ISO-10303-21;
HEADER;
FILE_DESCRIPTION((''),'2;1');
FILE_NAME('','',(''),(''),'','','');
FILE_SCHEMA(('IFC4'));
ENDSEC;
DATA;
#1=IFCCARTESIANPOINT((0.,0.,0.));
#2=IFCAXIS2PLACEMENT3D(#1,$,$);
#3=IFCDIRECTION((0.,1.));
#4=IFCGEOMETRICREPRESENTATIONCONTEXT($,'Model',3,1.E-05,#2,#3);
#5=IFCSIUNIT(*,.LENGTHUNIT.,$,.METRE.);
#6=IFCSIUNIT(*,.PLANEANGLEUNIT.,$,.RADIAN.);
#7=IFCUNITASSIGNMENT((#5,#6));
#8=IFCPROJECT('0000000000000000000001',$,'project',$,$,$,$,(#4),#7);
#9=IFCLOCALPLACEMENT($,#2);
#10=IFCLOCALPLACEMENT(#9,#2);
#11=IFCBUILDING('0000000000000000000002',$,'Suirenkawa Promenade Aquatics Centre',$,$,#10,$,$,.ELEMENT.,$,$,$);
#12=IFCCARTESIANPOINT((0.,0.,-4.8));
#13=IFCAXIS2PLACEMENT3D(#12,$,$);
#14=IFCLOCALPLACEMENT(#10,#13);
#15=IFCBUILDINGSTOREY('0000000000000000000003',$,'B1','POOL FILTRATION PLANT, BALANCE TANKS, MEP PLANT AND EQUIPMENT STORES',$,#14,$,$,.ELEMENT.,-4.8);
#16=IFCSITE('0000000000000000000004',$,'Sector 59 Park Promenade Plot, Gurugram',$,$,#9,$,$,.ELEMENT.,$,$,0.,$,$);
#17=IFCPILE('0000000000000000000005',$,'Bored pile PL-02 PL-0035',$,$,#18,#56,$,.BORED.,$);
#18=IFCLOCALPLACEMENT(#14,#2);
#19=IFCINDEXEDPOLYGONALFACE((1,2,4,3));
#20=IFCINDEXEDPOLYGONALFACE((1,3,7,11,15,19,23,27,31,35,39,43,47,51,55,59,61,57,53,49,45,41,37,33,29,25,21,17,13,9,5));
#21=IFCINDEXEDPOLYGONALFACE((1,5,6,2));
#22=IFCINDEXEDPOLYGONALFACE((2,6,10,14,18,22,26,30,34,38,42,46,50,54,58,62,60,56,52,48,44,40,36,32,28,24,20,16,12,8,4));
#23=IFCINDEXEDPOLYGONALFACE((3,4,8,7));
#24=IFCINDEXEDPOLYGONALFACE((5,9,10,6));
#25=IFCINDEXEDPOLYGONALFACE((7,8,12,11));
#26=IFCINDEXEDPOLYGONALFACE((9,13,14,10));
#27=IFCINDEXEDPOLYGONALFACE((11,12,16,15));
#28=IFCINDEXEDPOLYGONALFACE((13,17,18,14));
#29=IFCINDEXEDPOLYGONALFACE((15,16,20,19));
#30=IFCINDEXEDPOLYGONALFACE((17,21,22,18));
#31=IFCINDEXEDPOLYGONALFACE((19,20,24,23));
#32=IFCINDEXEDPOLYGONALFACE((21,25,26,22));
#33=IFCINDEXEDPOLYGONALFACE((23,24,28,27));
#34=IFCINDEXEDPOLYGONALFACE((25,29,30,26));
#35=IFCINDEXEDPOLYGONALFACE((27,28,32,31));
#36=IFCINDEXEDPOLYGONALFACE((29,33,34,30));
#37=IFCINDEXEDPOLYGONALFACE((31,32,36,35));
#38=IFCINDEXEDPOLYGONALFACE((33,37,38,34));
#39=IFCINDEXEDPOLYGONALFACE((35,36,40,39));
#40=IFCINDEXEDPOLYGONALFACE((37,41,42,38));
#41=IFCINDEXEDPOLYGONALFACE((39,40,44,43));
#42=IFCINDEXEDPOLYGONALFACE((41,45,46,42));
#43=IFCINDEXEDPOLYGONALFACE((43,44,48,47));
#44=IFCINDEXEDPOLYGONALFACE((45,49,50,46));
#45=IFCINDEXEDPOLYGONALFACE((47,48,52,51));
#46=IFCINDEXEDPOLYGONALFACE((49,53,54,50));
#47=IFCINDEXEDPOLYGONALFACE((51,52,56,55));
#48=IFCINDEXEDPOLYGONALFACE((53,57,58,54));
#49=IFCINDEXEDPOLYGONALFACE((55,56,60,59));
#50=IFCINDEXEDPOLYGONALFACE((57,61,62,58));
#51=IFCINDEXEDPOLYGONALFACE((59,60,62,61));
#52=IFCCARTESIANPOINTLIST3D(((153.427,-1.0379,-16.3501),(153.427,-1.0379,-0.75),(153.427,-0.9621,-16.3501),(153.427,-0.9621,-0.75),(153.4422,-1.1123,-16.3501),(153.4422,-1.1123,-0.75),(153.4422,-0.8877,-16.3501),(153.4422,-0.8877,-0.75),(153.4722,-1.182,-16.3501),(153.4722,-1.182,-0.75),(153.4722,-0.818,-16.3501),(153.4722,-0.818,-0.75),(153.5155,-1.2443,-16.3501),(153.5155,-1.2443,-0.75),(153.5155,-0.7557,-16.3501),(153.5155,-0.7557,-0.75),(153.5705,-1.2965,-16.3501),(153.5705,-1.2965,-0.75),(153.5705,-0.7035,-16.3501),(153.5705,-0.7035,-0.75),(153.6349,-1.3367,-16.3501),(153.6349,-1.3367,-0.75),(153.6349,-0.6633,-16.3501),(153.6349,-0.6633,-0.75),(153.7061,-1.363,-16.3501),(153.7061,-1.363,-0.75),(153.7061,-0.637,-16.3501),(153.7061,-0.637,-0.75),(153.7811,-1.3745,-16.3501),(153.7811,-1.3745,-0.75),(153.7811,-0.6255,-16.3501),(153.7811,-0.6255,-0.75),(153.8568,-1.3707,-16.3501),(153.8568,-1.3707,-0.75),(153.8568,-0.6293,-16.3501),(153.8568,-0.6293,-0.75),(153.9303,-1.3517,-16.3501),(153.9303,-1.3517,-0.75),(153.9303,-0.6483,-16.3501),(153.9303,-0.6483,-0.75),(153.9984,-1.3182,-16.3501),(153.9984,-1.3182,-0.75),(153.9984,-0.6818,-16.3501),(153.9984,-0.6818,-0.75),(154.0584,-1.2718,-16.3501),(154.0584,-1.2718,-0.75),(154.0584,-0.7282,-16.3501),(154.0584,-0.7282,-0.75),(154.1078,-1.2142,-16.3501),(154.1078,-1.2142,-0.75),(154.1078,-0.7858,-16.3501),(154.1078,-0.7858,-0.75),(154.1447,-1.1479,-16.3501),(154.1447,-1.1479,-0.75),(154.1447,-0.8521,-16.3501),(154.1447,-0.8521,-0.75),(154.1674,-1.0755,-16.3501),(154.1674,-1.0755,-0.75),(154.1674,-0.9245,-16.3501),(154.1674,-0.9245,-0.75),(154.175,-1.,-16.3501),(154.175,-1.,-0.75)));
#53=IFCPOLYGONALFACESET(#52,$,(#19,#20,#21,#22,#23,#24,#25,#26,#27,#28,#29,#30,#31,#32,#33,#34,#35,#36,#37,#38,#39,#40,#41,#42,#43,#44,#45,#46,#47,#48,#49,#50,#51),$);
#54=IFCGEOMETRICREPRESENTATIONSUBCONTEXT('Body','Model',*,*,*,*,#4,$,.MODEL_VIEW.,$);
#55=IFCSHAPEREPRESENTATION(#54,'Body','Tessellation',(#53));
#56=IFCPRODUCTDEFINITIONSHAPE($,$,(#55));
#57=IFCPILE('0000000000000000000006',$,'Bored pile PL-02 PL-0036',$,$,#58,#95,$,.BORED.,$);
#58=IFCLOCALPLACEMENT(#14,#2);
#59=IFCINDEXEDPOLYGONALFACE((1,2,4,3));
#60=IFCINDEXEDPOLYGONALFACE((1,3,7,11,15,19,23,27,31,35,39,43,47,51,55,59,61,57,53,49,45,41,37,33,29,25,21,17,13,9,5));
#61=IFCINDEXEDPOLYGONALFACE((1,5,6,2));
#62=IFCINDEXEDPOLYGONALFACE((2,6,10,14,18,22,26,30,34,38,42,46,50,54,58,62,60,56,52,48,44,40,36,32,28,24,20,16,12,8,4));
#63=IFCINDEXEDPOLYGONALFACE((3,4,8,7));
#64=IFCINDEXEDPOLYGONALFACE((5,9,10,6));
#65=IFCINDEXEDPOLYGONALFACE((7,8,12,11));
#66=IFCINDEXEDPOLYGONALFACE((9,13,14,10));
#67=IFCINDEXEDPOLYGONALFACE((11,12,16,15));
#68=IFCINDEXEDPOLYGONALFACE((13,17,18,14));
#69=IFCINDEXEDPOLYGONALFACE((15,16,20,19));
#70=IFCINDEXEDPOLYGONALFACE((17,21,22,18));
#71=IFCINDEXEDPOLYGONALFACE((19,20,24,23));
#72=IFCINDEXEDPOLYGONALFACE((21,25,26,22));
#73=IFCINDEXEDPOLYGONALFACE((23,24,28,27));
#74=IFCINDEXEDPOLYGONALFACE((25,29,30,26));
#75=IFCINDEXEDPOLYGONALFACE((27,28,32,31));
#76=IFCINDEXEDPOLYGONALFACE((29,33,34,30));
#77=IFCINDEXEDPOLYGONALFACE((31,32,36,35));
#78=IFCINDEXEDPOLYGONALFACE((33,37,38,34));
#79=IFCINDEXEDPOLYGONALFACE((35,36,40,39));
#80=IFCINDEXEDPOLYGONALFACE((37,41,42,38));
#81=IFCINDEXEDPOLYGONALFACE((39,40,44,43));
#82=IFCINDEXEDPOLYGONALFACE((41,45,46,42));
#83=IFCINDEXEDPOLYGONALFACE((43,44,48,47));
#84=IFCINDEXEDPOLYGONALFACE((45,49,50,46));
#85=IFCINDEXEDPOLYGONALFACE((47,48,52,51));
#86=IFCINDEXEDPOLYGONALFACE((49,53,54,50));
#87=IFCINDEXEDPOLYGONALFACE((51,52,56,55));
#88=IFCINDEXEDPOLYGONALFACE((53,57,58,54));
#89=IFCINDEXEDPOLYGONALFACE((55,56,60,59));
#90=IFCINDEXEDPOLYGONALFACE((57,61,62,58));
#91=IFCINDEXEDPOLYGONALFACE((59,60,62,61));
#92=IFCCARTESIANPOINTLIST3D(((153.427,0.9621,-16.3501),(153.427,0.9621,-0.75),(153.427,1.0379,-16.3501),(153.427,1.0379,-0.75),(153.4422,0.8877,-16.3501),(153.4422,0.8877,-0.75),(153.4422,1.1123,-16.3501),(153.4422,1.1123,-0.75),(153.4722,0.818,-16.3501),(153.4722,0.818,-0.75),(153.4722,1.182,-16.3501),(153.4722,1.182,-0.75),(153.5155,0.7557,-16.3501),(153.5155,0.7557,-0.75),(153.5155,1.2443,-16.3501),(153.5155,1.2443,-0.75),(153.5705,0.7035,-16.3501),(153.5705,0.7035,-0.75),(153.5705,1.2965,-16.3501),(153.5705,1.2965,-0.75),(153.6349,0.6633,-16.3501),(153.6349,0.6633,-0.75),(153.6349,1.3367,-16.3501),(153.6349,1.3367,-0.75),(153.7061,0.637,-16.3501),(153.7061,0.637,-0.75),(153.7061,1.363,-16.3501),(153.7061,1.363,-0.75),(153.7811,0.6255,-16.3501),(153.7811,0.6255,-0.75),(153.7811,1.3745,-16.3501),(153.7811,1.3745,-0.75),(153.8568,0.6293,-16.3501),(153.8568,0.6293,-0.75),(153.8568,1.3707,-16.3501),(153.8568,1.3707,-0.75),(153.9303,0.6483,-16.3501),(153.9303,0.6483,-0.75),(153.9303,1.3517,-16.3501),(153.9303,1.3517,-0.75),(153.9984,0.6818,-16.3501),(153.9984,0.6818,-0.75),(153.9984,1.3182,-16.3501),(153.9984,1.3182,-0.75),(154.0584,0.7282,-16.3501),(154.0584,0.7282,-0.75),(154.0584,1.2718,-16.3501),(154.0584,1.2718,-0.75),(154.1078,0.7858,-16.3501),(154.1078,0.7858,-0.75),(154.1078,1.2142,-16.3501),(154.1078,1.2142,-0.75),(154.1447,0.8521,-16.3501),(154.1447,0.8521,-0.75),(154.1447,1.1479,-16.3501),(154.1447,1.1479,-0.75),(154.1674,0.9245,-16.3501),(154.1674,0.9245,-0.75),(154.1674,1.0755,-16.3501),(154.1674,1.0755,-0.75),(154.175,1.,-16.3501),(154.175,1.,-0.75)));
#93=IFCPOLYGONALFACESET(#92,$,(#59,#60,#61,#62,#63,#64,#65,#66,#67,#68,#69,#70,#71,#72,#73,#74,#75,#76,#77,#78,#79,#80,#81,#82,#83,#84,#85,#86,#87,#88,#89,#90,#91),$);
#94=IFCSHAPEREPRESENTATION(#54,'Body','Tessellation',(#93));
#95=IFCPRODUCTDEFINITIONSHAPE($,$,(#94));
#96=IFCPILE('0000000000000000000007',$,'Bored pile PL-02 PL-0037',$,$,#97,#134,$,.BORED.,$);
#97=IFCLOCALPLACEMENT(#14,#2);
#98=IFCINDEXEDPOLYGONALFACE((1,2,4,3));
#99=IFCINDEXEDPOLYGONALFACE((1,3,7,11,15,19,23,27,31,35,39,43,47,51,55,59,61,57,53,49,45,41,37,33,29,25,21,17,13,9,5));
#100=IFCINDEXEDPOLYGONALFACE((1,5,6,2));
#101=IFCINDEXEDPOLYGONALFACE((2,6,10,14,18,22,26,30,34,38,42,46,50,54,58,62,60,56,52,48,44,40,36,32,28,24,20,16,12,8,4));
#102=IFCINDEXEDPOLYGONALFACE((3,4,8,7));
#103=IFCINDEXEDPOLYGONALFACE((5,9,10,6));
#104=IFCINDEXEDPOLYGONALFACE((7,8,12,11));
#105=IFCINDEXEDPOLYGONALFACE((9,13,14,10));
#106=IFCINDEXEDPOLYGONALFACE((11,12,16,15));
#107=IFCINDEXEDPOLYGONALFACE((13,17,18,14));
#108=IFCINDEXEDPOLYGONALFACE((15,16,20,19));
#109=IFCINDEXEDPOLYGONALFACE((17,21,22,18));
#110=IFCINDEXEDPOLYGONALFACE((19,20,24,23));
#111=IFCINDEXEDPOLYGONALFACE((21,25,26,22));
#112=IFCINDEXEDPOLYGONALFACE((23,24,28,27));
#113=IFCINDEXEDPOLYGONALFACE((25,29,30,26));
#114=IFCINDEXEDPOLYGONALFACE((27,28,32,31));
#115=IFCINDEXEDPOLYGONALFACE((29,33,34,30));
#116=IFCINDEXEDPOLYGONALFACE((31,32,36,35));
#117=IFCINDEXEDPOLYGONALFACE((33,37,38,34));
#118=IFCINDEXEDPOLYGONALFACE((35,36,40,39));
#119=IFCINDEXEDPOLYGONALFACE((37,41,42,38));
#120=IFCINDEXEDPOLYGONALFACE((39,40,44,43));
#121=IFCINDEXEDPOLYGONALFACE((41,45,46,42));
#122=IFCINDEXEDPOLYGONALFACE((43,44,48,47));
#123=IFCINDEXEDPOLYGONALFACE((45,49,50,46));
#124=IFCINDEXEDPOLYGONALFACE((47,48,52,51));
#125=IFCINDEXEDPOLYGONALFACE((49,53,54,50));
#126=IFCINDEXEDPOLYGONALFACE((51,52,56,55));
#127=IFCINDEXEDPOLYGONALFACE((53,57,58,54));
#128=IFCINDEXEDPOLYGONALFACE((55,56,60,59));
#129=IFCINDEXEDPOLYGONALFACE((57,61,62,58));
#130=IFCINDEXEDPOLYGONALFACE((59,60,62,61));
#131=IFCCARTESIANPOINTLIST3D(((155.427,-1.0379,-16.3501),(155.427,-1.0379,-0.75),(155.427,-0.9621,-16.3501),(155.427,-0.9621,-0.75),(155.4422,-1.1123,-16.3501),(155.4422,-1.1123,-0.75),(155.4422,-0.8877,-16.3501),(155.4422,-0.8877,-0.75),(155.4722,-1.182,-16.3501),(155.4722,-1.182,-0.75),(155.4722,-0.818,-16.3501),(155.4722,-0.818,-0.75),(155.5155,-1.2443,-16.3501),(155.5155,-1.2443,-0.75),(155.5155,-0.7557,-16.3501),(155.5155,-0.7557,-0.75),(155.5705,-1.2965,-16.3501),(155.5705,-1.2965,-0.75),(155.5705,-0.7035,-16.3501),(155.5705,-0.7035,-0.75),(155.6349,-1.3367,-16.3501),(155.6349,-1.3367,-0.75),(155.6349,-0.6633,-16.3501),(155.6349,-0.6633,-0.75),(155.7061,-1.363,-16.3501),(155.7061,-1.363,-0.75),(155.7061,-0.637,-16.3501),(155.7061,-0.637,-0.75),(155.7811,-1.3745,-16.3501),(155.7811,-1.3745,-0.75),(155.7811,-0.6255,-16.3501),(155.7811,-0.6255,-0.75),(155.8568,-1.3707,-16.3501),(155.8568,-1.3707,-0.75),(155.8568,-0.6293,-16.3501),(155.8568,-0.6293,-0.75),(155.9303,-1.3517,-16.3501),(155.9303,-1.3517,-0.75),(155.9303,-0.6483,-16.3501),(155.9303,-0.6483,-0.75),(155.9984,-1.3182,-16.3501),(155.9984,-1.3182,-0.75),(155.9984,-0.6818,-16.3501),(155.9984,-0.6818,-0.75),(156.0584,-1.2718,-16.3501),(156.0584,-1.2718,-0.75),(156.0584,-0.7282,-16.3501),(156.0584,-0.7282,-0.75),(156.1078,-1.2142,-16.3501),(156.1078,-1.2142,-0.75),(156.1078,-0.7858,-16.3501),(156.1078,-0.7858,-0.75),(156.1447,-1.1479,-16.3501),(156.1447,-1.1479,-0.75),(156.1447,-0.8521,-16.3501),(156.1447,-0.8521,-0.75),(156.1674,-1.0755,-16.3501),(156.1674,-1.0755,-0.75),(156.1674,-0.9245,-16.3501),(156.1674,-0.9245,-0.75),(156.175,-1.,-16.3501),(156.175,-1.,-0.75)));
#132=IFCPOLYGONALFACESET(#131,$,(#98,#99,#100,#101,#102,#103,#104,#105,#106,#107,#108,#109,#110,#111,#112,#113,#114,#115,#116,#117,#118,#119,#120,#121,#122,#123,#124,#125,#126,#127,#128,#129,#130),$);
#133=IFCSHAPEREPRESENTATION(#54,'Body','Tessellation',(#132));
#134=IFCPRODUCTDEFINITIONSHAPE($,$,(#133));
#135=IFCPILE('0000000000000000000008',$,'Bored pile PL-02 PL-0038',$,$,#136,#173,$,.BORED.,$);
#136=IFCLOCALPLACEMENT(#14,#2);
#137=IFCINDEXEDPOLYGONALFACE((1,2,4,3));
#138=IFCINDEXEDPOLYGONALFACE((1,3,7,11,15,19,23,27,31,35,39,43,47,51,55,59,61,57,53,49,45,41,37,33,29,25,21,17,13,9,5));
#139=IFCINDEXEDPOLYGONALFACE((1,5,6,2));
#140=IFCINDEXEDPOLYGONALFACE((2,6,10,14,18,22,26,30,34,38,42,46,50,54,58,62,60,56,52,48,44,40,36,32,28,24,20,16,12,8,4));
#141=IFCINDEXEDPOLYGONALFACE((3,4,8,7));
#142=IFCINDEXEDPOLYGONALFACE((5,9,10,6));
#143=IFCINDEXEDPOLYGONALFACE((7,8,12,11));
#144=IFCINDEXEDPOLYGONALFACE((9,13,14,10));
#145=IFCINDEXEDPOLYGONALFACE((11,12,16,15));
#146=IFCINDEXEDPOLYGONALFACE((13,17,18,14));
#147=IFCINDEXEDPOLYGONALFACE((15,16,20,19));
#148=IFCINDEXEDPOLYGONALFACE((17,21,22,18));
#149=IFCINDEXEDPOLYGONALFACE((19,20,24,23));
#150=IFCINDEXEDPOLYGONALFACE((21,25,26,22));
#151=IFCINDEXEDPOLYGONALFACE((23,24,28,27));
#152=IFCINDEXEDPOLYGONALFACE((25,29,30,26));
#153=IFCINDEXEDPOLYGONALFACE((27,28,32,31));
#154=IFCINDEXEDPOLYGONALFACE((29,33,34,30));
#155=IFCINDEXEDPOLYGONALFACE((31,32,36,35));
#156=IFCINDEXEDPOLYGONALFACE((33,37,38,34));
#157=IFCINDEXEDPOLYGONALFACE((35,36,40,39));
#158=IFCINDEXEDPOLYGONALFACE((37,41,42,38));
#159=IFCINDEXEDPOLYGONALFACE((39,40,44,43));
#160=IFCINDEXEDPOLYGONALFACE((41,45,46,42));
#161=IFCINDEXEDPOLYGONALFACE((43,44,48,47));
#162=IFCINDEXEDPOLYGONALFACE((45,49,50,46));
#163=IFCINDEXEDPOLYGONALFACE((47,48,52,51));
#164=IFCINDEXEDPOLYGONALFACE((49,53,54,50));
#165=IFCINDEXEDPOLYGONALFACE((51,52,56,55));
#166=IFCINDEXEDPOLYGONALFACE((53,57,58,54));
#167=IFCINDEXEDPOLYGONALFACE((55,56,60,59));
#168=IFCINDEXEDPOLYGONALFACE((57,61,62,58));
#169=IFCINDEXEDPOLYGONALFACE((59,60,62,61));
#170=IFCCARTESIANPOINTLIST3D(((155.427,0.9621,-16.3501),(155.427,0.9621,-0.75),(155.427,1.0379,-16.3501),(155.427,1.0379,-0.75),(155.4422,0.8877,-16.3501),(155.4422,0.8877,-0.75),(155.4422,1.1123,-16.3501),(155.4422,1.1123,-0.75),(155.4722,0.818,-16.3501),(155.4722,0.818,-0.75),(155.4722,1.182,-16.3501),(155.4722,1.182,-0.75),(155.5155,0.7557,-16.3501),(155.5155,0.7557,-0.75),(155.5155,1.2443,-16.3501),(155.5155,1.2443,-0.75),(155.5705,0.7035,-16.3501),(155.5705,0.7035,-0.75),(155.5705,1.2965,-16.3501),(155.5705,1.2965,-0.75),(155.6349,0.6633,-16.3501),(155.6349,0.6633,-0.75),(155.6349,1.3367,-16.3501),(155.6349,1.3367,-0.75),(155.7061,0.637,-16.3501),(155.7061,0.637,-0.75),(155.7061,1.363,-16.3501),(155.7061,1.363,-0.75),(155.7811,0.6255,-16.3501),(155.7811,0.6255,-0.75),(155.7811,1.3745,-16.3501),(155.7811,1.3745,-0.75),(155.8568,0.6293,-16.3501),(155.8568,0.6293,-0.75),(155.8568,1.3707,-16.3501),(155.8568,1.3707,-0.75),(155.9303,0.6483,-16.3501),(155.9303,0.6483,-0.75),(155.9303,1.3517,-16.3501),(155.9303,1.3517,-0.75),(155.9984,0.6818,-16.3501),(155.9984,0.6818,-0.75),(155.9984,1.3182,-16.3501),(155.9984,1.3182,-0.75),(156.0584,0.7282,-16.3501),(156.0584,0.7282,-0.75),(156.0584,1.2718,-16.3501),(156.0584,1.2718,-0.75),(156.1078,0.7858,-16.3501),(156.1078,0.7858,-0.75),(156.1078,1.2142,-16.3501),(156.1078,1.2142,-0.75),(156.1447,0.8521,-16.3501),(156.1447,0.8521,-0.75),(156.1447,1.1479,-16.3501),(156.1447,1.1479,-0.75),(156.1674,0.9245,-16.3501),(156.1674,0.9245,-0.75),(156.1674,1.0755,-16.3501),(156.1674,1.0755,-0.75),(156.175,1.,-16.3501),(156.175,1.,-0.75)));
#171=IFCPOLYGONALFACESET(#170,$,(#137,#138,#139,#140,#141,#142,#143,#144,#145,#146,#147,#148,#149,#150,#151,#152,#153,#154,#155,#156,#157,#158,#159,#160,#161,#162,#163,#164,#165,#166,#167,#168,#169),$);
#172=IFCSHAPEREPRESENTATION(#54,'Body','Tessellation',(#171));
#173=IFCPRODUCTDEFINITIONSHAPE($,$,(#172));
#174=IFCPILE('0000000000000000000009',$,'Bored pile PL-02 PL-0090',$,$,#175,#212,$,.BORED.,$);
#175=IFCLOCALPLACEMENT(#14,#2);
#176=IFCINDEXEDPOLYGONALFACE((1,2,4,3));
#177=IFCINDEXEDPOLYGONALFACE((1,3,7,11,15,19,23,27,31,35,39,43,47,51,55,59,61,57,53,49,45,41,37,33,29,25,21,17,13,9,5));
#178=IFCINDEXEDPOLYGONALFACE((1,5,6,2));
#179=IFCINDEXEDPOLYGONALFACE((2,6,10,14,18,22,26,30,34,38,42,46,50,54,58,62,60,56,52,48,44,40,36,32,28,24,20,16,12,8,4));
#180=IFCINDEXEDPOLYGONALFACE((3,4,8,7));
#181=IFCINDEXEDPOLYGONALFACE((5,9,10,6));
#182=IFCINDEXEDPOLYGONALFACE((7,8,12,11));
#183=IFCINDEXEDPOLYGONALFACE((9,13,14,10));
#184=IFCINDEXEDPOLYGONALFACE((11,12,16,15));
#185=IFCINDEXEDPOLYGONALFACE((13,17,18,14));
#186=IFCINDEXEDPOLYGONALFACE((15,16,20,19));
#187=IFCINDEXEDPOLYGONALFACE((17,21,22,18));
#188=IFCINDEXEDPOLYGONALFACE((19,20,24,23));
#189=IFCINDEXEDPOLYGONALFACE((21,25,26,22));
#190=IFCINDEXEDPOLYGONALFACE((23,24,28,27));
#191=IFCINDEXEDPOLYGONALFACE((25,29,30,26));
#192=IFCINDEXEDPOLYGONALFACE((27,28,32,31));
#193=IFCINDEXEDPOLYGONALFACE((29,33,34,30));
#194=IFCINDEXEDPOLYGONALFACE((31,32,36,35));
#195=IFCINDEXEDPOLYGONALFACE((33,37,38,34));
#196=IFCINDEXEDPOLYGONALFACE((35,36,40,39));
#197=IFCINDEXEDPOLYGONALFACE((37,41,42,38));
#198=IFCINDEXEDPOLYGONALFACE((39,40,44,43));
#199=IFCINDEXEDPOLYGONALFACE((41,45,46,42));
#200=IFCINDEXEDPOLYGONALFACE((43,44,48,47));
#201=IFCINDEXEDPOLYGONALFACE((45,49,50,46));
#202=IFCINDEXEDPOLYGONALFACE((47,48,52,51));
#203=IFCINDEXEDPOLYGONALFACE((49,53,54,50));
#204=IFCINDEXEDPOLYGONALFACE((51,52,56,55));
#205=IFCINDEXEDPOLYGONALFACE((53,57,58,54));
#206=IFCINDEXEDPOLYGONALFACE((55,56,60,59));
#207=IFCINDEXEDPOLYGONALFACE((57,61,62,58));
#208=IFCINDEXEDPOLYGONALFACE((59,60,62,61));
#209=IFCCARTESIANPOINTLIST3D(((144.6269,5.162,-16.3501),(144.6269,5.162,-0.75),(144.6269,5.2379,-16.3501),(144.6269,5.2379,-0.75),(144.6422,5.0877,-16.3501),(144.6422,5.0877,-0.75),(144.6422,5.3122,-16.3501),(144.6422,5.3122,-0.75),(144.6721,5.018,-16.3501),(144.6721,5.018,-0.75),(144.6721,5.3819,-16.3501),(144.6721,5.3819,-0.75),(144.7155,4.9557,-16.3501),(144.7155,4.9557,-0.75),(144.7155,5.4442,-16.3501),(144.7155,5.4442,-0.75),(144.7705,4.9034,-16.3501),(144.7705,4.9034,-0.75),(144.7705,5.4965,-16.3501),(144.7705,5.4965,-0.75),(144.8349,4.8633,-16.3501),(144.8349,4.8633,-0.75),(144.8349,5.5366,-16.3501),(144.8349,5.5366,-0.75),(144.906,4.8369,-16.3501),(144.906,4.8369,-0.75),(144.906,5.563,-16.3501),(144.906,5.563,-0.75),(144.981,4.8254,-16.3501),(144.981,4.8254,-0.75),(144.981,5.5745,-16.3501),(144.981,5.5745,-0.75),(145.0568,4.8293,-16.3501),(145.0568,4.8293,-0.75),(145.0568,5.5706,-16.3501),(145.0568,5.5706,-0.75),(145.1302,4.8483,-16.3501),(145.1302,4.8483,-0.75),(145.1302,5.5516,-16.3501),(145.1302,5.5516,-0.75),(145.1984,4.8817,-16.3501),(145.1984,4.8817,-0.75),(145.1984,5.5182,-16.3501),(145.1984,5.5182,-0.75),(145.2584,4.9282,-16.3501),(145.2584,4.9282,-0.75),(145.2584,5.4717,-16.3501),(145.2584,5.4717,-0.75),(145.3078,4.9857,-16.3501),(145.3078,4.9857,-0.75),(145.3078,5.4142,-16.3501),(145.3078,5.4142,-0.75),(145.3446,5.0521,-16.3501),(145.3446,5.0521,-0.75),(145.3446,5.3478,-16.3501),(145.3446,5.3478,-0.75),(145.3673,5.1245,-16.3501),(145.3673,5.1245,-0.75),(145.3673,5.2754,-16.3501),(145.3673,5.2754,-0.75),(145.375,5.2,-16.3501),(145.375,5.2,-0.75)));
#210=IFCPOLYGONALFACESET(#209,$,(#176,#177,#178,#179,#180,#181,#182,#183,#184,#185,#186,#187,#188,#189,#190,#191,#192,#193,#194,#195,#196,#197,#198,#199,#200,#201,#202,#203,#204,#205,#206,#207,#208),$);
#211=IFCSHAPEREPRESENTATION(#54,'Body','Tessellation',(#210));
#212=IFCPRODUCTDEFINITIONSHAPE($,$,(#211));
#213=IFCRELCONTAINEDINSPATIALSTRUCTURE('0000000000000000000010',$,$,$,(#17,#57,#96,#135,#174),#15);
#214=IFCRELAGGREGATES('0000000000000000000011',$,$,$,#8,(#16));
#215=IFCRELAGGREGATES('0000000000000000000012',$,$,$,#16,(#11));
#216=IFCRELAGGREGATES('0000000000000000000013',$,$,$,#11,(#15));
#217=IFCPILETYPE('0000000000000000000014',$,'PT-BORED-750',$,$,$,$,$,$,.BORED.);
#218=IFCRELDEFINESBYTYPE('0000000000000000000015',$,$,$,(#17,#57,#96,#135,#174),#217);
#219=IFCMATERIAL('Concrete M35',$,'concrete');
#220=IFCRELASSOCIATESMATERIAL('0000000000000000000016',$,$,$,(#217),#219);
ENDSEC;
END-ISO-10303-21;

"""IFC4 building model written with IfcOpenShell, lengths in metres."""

from ifc_helpers import new_model, si_unit, direction, frame, origin, origin_2d, place, context, subcontext, project, spatial, circle, extrude, material, material_profile, profile_set, type_object, element, save


model = new_model("IFC4")

# Units and contexts
model_context = context("Model", 3, precision=1e-05, world=origin(), true_north=direction((0.0, 1.0)))
body_context = subcontext(model_context, "Body", "Model", "MODEL_VIEW")
ifc_project = project(units=[si_unit("LENGTHUNIT", "METRE"), si_unit("PLANEANGLEUNIT", "RADIAN")], contexts=[model_context])

# Site, building, storey
site_placement = place(None, origin())
site = spatial("IfcSite", under=ifc_project, at=site_placement, Name="Sector 59 Park Promenade Plot, Gurugram", CompositionType="ELEMENT", RefElevation=0.0)
building_placement = place(site_placement, origin())
building = spatial("IfcBuilding", under=site, at=building_placement, Name="Suirenkawa Promenade Aquatics Centre", CompositionType="ELEMENT")
storey_placement = place(building_placement, frame((0.0, 0.0, -4.8)))
storey = spatial("IfcBuildingStorey", under=building, at=storey_placement, Name="B1", Description="POOL FILTRATION PLANT, BALANCE TANKS, MEP PLANT AND EQUIPMENT STORES", CompositionType="ELEMENT", Elevation=-4.8)

# Shared definitions
ifc_material_1 = material(Name="Concrete M35", Category="concrete")

# Piles
ifc_material_profile_1 = material_profile(ifc_material_1, circle(Radius=0.375, at=origin_2d()), Name="PILE D750", Category="concrete")
ifc_profile_set_1 = profile_set([ifc_material_profile_1], Name="Concrete M35")
pile_type_1 = type_object("IfcPileType", Name="PT-BORED-750", PredefinedType="BORED", material=ifc_profile_set_1)
for number, where, z_axis, x_axis, name in (
    (1, (153.8, -1.0, -0.75), (0.0, 0.0, -1.0), (1.0, 0.0, 0.0), "Bored pile PL-02 PL-0035"),
    (2, (153.8, 1.0, -0.75), (0.0, 0.0, -1.0), (1.0, 0.0, 0.0), "Bored pile PL-02 PL-0036"),
    (3, (155.8, -1.0, -0.75), (0.0, 0.0, -1.0), (1.0, 0.0, 0.0), "Bored pile PL-02 PL-0037"),
    (4, (155.8, 1.0, -0.75), (0.0, 0.0, -1.0), (1.0, 0.0, 0.0), "Bored pile PL-02 PL-0038"),
    (5, (145.0, 5.2, -0.75), (0.0, 0.0, -1.0), (1.0, 0.0, 0.0), "Bored pile PL-02 PL-0090"),
):
    element("IfcPile", number, at=place(storey_placement, frame(where, z_axis=z_axis, x_axis=x_axis)), inside=storey, type_object=pile_type_1, Name=name, PredefinedType="BORED", context=body_context, shape_type="SweptSolid", body=[
        extrude(circle(Radius=0.375, at=origin_2d()), origin(), (0.0, 0.0, 1.0), 15.6001),
    ])

save(model, "model.ifc")
